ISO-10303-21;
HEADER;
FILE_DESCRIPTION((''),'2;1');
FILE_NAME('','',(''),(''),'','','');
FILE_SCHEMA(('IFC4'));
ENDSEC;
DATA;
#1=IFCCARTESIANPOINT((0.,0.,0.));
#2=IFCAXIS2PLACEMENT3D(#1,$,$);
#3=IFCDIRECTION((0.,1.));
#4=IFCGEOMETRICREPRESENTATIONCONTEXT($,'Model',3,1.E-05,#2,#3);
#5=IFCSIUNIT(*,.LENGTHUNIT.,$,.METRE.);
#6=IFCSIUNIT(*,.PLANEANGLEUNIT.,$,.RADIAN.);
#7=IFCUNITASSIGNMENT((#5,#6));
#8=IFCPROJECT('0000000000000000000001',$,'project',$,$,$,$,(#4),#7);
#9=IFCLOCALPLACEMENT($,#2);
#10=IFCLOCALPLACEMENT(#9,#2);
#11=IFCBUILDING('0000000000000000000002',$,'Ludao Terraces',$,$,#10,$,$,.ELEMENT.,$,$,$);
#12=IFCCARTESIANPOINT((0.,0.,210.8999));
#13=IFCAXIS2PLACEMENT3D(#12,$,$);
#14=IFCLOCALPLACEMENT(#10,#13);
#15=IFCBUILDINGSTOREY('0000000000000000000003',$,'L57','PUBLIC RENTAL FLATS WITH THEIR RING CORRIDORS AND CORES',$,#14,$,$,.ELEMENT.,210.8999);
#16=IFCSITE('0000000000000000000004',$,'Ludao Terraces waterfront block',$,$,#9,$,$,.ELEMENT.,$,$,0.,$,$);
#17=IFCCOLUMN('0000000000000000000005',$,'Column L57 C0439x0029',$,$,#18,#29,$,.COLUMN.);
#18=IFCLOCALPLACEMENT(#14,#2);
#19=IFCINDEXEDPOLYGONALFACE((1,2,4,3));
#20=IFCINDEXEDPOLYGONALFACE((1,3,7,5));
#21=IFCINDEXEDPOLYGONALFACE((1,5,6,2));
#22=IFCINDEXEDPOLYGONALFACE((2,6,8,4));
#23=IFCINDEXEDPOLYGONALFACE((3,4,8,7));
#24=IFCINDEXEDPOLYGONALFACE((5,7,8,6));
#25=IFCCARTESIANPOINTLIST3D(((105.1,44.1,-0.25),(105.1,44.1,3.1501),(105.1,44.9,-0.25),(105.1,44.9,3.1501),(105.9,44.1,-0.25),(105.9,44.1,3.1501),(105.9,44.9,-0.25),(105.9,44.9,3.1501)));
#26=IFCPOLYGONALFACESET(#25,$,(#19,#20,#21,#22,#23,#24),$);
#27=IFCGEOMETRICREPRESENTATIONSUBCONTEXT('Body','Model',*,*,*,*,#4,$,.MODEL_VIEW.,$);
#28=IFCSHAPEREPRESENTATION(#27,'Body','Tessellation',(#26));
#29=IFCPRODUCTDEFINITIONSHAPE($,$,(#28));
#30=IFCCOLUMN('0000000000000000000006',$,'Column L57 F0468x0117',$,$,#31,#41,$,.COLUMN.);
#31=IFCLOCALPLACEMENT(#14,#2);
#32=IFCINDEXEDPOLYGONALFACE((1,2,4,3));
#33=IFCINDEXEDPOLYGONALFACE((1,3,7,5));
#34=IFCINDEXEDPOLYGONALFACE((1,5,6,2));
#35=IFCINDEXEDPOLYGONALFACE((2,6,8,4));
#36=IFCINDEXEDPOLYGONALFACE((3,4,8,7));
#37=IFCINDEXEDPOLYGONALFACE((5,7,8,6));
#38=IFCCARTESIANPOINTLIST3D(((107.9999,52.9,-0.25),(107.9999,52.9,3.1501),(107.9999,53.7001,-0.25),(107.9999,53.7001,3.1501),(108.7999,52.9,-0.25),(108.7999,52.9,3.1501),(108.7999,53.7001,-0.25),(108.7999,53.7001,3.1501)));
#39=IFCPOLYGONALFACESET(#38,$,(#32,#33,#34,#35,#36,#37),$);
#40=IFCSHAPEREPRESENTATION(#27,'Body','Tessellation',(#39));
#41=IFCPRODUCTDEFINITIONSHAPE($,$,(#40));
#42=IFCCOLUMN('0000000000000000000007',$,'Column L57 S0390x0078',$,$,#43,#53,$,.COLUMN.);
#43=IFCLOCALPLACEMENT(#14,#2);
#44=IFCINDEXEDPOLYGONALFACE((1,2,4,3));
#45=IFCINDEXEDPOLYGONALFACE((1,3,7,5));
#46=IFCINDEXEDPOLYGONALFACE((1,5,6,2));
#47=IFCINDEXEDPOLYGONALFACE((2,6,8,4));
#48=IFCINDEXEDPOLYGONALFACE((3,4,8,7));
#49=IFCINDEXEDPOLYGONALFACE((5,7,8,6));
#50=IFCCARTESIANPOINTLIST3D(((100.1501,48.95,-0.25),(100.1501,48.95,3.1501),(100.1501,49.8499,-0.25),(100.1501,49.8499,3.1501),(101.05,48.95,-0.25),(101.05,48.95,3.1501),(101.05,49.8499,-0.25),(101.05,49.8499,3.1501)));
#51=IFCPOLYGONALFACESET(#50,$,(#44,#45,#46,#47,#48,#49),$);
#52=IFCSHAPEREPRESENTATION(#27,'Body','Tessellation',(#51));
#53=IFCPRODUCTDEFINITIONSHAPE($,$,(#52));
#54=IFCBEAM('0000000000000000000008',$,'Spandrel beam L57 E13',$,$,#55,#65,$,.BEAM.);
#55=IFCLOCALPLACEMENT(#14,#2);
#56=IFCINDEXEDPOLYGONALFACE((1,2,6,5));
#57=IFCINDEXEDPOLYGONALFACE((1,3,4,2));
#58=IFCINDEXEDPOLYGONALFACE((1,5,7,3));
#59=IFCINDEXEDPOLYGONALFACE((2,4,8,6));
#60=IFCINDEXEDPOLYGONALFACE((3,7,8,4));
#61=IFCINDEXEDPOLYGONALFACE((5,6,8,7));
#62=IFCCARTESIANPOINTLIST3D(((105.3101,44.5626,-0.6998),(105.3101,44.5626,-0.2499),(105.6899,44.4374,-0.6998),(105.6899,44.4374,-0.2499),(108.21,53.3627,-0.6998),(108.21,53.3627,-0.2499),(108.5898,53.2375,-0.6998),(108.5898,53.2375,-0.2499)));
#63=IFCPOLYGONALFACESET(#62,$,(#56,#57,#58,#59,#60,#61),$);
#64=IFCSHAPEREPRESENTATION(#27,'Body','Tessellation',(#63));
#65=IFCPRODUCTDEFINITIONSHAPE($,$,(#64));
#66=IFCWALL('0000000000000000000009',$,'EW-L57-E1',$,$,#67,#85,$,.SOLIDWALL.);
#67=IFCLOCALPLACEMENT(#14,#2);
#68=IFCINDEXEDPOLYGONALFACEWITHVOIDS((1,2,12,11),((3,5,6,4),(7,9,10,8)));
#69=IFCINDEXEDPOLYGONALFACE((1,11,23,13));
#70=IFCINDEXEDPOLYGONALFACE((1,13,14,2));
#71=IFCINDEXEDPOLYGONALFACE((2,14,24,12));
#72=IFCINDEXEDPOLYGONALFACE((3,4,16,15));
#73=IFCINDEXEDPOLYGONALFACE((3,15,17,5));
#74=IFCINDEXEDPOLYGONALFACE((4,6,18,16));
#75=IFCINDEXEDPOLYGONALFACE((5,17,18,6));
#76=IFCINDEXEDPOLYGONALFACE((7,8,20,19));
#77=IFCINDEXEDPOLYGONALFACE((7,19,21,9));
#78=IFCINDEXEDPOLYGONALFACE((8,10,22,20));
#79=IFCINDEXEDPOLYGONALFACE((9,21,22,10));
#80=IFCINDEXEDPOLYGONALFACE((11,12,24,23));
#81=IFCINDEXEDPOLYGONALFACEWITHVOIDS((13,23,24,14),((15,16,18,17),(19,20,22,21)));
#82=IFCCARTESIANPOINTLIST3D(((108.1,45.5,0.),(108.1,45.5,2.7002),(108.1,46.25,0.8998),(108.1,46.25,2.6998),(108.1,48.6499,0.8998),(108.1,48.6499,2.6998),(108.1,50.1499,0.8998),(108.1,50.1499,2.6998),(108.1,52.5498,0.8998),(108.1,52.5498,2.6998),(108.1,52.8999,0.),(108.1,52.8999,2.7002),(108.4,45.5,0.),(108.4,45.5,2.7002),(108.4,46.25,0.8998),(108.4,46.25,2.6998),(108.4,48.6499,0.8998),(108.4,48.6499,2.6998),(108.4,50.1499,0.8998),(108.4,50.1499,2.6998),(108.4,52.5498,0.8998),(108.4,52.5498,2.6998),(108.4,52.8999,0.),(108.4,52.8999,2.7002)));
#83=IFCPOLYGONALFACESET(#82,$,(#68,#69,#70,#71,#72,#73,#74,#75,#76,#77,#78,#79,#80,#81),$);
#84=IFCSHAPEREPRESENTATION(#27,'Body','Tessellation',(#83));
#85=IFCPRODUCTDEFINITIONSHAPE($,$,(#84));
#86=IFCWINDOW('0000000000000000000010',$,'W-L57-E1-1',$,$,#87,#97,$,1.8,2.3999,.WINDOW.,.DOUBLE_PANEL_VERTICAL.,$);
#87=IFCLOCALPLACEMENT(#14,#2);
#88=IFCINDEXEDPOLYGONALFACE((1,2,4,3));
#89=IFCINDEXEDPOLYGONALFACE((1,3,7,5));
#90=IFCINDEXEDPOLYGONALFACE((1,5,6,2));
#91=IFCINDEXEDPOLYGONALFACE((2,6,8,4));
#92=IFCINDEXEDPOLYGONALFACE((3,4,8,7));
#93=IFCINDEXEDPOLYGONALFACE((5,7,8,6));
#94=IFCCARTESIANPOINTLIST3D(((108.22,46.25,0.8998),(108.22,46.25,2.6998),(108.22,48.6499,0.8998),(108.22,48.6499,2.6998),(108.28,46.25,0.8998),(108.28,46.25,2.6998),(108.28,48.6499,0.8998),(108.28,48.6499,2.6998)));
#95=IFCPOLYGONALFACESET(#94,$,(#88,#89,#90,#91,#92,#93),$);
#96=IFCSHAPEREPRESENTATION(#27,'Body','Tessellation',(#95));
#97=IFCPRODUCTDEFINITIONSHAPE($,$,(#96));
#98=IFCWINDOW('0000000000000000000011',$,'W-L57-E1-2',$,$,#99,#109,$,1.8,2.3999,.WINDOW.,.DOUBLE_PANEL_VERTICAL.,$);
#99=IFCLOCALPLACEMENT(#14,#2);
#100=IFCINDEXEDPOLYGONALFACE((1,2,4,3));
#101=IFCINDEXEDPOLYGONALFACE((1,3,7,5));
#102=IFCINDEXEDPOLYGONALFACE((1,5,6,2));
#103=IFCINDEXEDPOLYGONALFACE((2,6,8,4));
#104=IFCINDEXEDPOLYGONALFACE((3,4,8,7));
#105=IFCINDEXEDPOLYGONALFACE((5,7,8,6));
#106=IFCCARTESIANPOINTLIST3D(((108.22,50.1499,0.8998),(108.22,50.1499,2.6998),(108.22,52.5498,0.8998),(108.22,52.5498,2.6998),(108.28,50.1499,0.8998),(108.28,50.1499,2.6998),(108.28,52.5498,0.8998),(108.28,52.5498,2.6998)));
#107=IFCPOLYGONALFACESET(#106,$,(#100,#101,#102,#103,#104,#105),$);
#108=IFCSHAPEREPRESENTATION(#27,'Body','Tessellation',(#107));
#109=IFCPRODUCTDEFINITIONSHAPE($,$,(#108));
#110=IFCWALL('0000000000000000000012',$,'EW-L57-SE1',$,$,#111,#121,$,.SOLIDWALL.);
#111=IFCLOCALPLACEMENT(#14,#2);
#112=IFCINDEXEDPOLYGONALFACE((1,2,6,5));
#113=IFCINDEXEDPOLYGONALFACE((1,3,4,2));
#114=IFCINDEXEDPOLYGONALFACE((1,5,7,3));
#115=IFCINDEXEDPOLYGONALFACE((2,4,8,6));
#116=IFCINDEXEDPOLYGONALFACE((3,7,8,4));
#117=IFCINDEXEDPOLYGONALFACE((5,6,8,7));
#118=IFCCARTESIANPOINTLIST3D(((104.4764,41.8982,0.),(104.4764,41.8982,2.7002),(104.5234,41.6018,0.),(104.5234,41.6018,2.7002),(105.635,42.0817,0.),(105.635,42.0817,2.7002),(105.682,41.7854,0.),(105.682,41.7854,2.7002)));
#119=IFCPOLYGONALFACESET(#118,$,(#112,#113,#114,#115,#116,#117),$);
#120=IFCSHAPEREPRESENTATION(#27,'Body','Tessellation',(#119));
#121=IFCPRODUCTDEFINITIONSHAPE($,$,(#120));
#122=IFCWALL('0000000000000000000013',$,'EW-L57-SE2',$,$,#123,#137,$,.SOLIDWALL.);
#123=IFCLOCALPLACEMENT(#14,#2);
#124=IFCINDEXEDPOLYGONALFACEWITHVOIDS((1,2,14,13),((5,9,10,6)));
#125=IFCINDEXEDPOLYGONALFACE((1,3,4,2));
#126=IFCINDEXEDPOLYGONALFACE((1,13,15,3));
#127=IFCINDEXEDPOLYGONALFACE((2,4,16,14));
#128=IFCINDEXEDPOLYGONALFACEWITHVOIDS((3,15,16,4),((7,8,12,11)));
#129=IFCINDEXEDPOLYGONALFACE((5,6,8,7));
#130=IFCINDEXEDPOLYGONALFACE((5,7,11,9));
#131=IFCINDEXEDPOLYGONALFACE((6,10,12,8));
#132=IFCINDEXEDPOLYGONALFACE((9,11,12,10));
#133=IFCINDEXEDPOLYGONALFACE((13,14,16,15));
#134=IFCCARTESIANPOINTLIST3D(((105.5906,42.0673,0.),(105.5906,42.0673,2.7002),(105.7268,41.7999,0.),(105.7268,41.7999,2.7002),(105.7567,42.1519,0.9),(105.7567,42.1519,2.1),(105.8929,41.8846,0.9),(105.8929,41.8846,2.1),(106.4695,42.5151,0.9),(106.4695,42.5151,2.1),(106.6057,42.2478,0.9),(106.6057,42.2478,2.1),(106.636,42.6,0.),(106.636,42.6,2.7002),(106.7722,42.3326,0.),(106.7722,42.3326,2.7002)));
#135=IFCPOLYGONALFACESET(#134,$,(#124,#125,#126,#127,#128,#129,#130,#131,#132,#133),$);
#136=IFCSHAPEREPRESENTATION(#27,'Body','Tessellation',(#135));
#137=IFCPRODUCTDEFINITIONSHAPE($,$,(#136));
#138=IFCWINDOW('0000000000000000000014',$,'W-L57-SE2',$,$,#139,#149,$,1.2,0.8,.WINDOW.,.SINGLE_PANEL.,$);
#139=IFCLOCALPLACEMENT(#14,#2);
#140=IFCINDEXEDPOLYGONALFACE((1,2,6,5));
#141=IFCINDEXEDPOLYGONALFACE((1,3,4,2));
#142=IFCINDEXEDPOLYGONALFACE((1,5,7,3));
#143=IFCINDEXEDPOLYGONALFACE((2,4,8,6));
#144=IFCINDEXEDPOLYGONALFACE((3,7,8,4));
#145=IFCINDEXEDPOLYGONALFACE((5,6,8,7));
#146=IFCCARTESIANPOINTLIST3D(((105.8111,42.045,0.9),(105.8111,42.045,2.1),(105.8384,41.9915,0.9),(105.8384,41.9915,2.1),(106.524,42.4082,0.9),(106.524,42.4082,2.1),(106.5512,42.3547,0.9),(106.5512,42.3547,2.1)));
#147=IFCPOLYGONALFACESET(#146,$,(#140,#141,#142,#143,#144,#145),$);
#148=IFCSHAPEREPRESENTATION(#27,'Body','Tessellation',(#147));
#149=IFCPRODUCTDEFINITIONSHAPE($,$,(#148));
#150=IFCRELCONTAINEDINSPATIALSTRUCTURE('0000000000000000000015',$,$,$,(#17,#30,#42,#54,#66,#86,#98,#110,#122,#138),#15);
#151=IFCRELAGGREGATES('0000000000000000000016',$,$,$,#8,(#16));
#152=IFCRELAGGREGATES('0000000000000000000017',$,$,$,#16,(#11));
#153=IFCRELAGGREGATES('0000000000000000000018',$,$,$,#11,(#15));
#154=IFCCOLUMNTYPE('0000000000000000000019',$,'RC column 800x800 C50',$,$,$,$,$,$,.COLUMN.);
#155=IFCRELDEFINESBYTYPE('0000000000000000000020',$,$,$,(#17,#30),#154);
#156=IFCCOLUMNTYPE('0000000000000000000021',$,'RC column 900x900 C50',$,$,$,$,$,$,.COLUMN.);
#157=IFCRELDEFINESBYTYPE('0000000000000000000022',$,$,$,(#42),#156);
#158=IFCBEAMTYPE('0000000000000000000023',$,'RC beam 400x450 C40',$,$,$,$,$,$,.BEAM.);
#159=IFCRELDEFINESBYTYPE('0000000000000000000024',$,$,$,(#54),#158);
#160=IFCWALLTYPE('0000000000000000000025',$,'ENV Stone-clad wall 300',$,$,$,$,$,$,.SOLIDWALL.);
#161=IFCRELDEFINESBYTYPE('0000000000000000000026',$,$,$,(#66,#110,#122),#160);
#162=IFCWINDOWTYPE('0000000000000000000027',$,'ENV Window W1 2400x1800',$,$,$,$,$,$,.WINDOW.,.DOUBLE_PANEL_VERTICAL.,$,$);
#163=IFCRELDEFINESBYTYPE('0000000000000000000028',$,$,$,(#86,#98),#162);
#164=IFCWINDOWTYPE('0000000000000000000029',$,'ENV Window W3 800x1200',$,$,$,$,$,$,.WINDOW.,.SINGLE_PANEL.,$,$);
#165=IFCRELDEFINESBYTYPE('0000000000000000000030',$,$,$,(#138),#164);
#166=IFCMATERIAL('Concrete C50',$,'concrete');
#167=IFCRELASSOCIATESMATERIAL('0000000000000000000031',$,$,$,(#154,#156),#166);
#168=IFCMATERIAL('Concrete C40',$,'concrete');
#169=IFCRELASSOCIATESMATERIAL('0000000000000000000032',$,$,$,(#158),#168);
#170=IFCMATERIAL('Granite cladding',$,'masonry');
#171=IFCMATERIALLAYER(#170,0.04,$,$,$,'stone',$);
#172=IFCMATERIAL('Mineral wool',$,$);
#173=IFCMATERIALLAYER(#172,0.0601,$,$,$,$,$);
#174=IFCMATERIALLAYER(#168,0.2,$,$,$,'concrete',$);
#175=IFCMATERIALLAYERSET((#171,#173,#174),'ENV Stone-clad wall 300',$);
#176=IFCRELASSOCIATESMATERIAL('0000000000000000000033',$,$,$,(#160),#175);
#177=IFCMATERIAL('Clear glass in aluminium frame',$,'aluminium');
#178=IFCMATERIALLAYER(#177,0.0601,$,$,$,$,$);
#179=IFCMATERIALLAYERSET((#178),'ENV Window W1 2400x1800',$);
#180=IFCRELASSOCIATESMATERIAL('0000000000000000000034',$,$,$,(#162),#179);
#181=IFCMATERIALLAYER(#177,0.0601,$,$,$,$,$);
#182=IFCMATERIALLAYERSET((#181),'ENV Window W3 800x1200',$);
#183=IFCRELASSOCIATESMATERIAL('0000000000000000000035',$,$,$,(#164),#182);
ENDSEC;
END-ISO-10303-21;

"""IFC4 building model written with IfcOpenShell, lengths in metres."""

from ifc_helpers import new_model, si_unit, direction, frame, frame_2d, origin, origin_2d, place, context, subcontext, project, spatial, rectangle, extrude, material, layer, layer_set, material_profile, profile_set, type_object, element, fill, save


model = new_model("IFC4")

# Units and contexts
model_context = context("Model", 3, precision=1e-05, world=origin(), true_north=direction((0.0, 1.0)))
body_context = subcontext(model_context, "Body", "Model", "MODEL_VIEW")
ifc_project = project(units=[si_unit("LENGTHUNIT", "METRE"), si_unit("PLANEANGLEUNIT", "RADIAN")], contexts=[model_context])

# Site, building, storey
site_placement = place(None, origin())
site = spatial("IfcSite", under=ifc_project, at=site_placement, Name="Ludao Terraces waterfront block", CompositionType="ELEMENT", RefElevation=0.0)
building_placement = place(site_placement, origin())
building = spatial("IfcBuilding", under=site, at=building_placement, Name="Ludao Terraces", CompositionType="ELEMENT")
storey_placement = place(building_placement, frame((0.0, 0.0, 210.8999)))
storey = spatial("IfcBuildingStorey", under=building, at=storey_placement, Name="L57", Description="PUBLIC RENTAL FLATS WITH THEIR RING CORRIDORS AND CORES", CompositionType="ELEMENT", Elevation=210.8999)

# Columns
ifc_material_1 = material(Name="Concrete C50", Category="concrete")
ifc_material_profile_1 = material_profile(ifc_material_1, rectangle(XDim=0.8, YDim=0.8, at=origin_2d()), Name="800 X 800")
ifc_profile_set_1 = profile_set([ifc_material_profile_1], Name="Concrete C50")
column_type_1 = type_object("IfcColumnType", Name="RC column 800x800 C50", PredefinedType="COLUMN", material=ifc_profile_set_1)
for number, where, z_axis, x_axis, name in (
    (1, (105.5, 44.5, -0.25), (0.0, 0.0, 1.0), (1.0, 0.0, 0.0), "Column L57 C0439x0029"),
    (2, (108.3999, 53.3, -0.25), (0.0, 0.0, 1.0), (1.0, 0.0, 0.0), "Column L57 F0468x0117"),
):
    element("IfcColumn", number, at=place(storey_placement, frame(where, z_axis=z_axis, x_axis=x_axis)), inside=storey, type_object=column_type_1, Name=name, PredefinedType="COLUMN", context=body_context, shape_type="SweptSolid", body=[
        extrude(rectangle(XDim=0.8, YDim=0.8, at=origin_2d()), origin(), (0.0, 0.0, 1.0), 3.4001),
    ])
ifc_material_profile_2 = material_profile(ifc_material_1, rectangle(XDim=0.8999, YDim=0.8999, at=origin_2d()), Name="900 X 900")
ifc_profile_set_2 = profile_set([ifc_material_profile_2], Name="Concrete C50")
column_type_2 = type_object("IfcColumnType", Name="RC column 900x900 C50", PredefinedType="COLUMN", material=ifc_profile_set_2)
column_placement = place(storey_placement, frame((100.6001, 49.3999, -0.25), z_axis=(0.0, 0.0, 1.0), x_axis=(1.0, 0.0, 0.0)))
element("IfcColumn", 3, at=column_placement, inside=storey, type_object=column_type_2, Name="Column L57 S0390x0078", PredefinedType="COLUMN", context=body_context, shape_type="SweptSolid", body=[
    extrude(rectangle(XDim=0.8999, YDim=0.8999, at=origin_2d()), origin(), (0.0, 0.0, 1.0), 3.4001),
])

# Beam
ifc_material_2 = material(Name="Concrete C40", Category="concrete")
ifc_material_profile_3 = material_profile(ifc_material_2, rectangle(XDim=0.3999, YDim=0.45, at=origin_2d()), Name="400 X 450")
ifc_profile_set_3 = profile_set([ifc_material_profile_3], Name="Concrete C40")
beam_type = type_object("IfcBeamType", Name="RC beam 400x450 C40", PredefinedType="BEAM", material=ifc_profile_set_3)
beam_placement = place(storey_placement, frame((105.5, 44.5, -0.4749), z_axis=(0.312977, 0.949761, 0.0), x_axis=(-0.949761, 0.312977, 0.0)))
element("IfcBeam", 4, at=beam_placement, inside=storey, type_object=beam_type, Name="Spandrel beam L57 E13", PredefinedType="BEAM", context=body_context, shape_type="SweptSolid", body=[
    extrude(rectangle(XDim=0.3999, YDim=0.45, at=origin_2d()), origin(), (0.0, 0.0, 1.0), 9.2656),
])

# Wall, openings, windows
ifc_material_3 = material(Name="Granite cladding", Category="masonry")
ifc_layer_1 = layer(ifc_material_3, 0.04, Category="stone")
ifc_material_4 = material(Name="Mineral wool")
ifc_layer_2 = layer(ifc_material_4, 0.0601)
ifc_layer_3 = layer(ifc_material_2, 0.2, Category="concrete")
ifc_layer_set_1 = layer_set([ifc_layer_1, ifc_layer_2, ifc_layer_3], Name="ENV Stone-clad wall 300")
wall_type_1 = type_object("IfcWallType", Name="ENV Stone-clad wall 300", PredefinedType="SOLIDWALL", material=ifc_layer_set_1)
wall_1_placement = place(storey_placement, frame((108.25, 45.5, 0.0), z_axis=(0.0, 0.0, 1.0), x_axis=(0.0, 1.0, 0.0)))
wall_1 = element("IfcWall", 5, at=wall_1_placement, inside=storey, type_object=wall_type_1, Name="EW-L57-E1", PredefinedType="SOLIDWALL", context=body_context, shape_type="SweptSolid", body=[
    extrude(rectangle(XDim=7.3999, YDim=0.3, at=frame_2d((3.7, 0.0))), origin(), (0.0, 0.0, 1.0), 2.7002),
])
opening_1_placement = place(wall_1_placement, frame((0.75, 0.0, 0.8999)))
opening_1 = element("IfcOpeningElement", 6, at=opening_1_placement, cuts=wall_1, PredefinedType="OPENING", context=body_context, shape_type="SweptSolid", body=[
    extrude(rectangle(XDim=2.3999, YDim=1.8, at=frame_2d((1.2, 0.8999))), frame((0.0, 0.1602, 0.0), z_axis=(0.0, -1.0, 0.0), x_axis=(1.0, 0.0, 0.0)), (0.0, 0.0, 1.0), 0.3201),
])
opening_2_placement = place(wall_1_placement, frame((4.6499, 0.0, 0.8999)))
opening_2 = element("IfcOpeningElement", 7, at=opening_2_placement, cuts=wall_1, PredefinedType="OPENING", context=body_context, shape_type="SweptSolid", body=[
    extrude(rectangle(XDim=2.3999, YDim=1.8, at=frame_2d((1.2, 0.8999))), frame((0.0, 0.1602, 0.0), z_axis=(0.0, -1.0, 0.0), x_axis=(1.0, 0.0, 0.0)), (0.0, 0.0, 1.0), 0.3201),
])
ifc_material_5 = material(Name="Clear glass in aluminium frame", Category="aluminium")
ifc_layer_4 = layer(ifc_material_5, 0.0601)
ifc_layer_set_2 = layer_set([ifc_layer_4], Name="ENV Window W1 2400x1800")
window_type_1 = type_object("IfcWindowType", Name="ENV Window W1 2400x1800", PartitioningType="DOUBLE_PANEL_VERTICAL", PredefinedType="WINDOW", material=ifc_layer_set_2)
window_1_placement = place(opening_1_placement, origin())
window_1 = element("IfcWindow", 8, at=window_1_placement, inside=storey, type_object=window_type_1, Name="W-L57-E1-1", OverallHeight=1.8, OverallWidth=2.3999, PartitioningType="DOUBLE_PANEL_VERTICAL", PredefinedType="WINDOW", context=body_context, shape_type="SweptSolid", body=[
    extrude(rectangle(XDim=2.3999, YDim=1.8, at=frame_2d((1.2, 0.8999))), frame((0.0, 0.03, 0.0), z_axis=(0.0, -1.0, 0.0), x_axis=(1.0, 0.0, 0.0)), (0.0, 0.0, 1.0), 0.0601),
])
fill(opening_1, window_1)
window_2_placement = place(opening_2_placement, origin())
window_2 = element("IfcWindow", 9, at=window_2_placement, inside=storey, type_object=window_type_1, Name="W-L57-E1-2", OverallHeight=1.8, OverallWidth=2.3999, PartitioningType="DOUBLE_PANEL_VERTICAL", PredefinedType="WINDOW", context=body_context, shape_type="SweptSolid", body=[
    extrude(rectangle(XDim=2.3999, YDim=1.8, at=frame_2d((1.2, 0.8999))), frame((0.0, 0.03, 0.0), z_axis=(0.0, -1.0, 0.0), x_axis=(1.0, 0.0, 0.0)), (0.0, 0.0, 1.0), 0.0601),
])
fill(opening_2, window_2)

# Wall
wall_2_placement = place(storey_placement, frame((104.5, 41.75, 0.0), z_axis=(0.0, 0.0, 1.0), x_axis=(0.987678, 0.156497, 0.0)))
element("IfcWall", 10, at=wall_2_placement, inside=storey, type_object=wall_type_1, Name="EW-L57-SE1", PredefinedType="SOLIDWALL", context=body_context, shape_type="SweptSolid", body=[
    extrude(rectangle(XDim=1.1731, YDim=0.3, at=frame_2d((0.5864, 0.0))), origin(), (0.0, 0.0, 1.0), 2.7002),
])

# Wall, opening, window
wall_3_placement = place(storey_placement, frame((105.6587, 41.9336, 0.0), z_axis=(0.0, 0.0, 1.0), x_axis=(0.890989, 0.454026, 0.0)))
wall_3 = element("IfcWall", 11, at=wall_3_placement, inside=storey, type_object=wall_type_1, Name="EW-L57-SE2", PredefinedType="SOLIDWALL", context=body_context, shape_type="SweptSolid", body=[
    extrude(rectangle(XDim=1.1733, YDim=0.3, at=frame_2d((0.5867, 0.0))), origin(), (0.0, 0.0, 1.0), 2.7002),
])
opening_3_placement = place(wall_3_placement, frame((0.1865, 0.0, 0.8999)))
opening_3 = element("IfcOpeningElement", 12, at=opening_3_placement, cuts=wall_3, PredefinedType="OPENING", context=body_context, shape_type="SweptSolid", body=[
    extrude(rectangle(XDim=0.8, YDim=1.2, at=frame_2d((0.3999, 0.6001))), frame((0.0, 0.1602, 0.0), z_axis=(0.0, -1.0, 0.0), x_axis=(1.0, 0.0, 0.0)), (0.0, 0.0, 1.0), 0.3201),
])
ifc_layer_5 = layer(ifc_material_5, 0.0601)
ifc_layer_set_3 = layer_set([ifc_layer_5], Name="ENV Window W3 800x1200")
window_type_2 = type_object("IfcWindowType", Name="ENV Window W3 800x1200", PartitioningType="SINGLE_PANEL", PredefinedType="WINDOW", material=ifc_layer_set_3)
window_3_placement = place(opening_3_placement, origin())
window_3 = element("IfcWindow", 13, at=window_3_placement, inside=storey, type_object=window_type_2, Name="W-L57-SE2", OverallHeight=1.2, OverallWidth=0.8, PartitioningType="SINGLE_PANEL", PredefinedType="WINDOW", context=body_context, shape_type="SweptSolid", body=[
    extrude(rectangle(XDim=0.8, YDim=1.2, at=frame_2d((0.3999, 0.6001))), frame((0.0, 0.03, 0.0), z_axis=(0.0, -1.0, 0.0), x_axis=(1.0, 0.0, 0.0)), (0.0, 0.0, 1.0), 0.0601),
])
fill(opening_3, window_3)

save(model, "model.ifc")
